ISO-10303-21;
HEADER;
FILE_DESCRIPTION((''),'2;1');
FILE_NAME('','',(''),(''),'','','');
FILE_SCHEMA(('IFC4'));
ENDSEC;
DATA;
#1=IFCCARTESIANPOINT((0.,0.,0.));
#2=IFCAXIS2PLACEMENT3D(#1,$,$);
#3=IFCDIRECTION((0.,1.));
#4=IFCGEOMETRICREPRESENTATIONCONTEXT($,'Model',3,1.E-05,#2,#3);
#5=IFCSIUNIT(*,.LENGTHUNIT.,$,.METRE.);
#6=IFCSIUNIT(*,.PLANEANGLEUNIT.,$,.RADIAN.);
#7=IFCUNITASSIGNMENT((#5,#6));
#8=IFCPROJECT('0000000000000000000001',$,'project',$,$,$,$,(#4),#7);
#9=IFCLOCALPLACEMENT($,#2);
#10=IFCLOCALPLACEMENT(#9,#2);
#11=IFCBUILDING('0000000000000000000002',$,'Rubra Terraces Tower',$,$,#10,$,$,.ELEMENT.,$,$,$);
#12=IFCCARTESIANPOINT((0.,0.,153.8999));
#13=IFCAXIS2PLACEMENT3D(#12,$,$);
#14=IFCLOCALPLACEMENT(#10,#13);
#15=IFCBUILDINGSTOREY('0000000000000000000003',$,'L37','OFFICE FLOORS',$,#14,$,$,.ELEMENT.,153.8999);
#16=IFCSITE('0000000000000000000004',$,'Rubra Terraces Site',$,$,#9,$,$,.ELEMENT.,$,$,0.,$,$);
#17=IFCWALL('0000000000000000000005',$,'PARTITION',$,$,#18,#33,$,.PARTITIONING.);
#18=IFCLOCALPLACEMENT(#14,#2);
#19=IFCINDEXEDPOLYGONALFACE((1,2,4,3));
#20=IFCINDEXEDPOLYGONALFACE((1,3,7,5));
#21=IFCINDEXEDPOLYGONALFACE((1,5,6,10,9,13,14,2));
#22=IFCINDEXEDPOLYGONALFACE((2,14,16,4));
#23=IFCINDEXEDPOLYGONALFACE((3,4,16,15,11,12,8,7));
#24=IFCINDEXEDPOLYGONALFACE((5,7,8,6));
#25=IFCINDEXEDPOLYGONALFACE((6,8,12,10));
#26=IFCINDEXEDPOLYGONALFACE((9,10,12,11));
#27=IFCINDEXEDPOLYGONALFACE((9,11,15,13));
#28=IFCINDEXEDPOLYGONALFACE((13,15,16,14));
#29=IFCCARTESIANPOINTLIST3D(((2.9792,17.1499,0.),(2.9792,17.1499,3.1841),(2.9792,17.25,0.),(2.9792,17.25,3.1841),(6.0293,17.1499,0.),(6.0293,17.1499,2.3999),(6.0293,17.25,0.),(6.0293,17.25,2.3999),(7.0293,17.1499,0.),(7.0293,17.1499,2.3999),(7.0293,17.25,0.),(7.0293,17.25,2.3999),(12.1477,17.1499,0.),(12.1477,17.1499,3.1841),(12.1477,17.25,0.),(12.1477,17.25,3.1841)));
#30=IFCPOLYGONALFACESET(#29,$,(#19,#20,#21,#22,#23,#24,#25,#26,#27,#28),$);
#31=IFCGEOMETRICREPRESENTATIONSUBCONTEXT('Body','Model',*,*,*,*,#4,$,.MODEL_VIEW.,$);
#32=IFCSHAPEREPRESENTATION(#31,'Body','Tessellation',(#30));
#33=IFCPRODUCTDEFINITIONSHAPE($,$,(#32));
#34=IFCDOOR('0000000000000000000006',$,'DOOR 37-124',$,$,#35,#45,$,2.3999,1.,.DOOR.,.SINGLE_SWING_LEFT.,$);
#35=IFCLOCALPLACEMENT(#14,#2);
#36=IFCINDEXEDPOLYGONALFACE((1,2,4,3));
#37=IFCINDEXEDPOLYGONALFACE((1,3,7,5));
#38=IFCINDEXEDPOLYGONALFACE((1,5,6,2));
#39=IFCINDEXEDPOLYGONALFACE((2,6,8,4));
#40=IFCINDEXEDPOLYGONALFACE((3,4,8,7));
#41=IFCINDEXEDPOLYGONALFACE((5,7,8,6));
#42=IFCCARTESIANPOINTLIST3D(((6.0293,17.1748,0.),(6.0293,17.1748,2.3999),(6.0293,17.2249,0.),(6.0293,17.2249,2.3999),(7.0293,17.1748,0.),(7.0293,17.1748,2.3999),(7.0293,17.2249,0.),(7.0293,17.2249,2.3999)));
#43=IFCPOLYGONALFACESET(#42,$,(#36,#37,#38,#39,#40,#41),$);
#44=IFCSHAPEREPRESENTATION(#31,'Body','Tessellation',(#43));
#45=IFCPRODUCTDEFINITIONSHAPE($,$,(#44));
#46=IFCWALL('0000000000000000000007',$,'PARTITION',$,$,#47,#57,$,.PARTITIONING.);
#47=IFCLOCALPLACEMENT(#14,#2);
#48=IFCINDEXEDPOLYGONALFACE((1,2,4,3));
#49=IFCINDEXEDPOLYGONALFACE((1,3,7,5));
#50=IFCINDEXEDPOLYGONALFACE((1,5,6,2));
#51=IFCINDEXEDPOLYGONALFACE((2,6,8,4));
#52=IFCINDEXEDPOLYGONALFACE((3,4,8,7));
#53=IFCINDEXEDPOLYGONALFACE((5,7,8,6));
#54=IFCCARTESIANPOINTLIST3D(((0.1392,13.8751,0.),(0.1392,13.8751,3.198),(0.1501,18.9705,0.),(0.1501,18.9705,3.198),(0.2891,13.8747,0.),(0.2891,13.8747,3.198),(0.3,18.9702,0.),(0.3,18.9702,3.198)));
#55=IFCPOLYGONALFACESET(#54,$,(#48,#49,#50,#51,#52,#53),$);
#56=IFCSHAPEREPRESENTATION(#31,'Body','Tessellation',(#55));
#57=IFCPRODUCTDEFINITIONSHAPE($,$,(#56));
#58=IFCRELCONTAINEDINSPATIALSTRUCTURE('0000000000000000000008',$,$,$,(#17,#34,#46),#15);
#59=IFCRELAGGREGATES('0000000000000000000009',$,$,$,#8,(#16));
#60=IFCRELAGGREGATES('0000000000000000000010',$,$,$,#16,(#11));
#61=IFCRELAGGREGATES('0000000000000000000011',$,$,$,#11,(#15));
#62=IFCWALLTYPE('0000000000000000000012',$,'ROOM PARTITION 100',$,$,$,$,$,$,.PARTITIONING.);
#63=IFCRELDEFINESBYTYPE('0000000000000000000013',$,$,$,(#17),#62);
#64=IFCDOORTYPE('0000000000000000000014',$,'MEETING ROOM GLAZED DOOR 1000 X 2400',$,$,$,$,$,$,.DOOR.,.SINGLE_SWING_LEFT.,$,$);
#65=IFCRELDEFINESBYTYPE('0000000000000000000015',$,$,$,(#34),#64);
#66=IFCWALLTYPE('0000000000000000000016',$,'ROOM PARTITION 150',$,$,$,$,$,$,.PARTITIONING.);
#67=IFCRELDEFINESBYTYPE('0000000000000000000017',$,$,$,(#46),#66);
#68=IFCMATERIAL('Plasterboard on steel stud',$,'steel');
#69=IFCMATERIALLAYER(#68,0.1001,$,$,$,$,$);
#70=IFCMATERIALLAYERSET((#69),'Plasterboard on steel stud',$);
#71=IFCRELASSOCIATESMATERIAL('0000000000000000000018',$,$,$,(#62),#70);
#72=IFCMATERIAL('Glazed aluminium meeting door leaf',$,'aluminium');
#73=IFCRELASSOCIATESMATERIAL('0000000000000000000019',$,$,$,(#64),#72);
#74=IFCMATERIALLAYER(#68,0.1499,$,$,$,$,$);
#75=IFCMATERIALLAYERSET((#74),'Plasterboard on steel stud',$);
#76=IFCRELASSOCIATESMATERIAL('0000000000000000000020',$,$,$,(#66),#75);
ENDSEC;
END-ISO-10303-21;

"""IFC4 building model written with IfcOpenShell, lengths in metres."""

from ifc_helpers import new_model, si_unit, direction, frame, frame_2d, origin, place, context, subcontext, project, spatial, rectangle, extrude, material, layer, layer_set, type_object, element, fill, save


model = new_model("IFC4")

# Units and contexts
model_context = context("Model", 3, precision=1e-05, world=origin(), true_north=direction((0.0, 1.0)))
body_context = subcontext(model_context, "Body", "Model", "MODEL_VIEW")
ifc_project = project(units=[si_unit("LENGTHUNIT", "METRE"), si_unit("PLANEANGLEUNIT", "RADIAN")], contexts=[model_context])

# Site, building, storey
site_placement = place(None, origin())
site = spatial("IfcSite", under=ifc_project, at=site_placement, Name="Rubra Terraces Site", CompositionType="ELEMENT", RefElevation=0.0)
building_placement = place(site_placement, origin())
building = spatial("IfcBuilding", under=site, at=building_placement, Name="Rubra Terraces Tower", CompositionType="ELEMENT")
storey_placement = place(building_placement, frame((0.0, 0.0, 153.8999)))
storey = spatial("IfcBuildingStorey", under=building, at=storey_placement, Name="L37", Description="OFFICE FLOORS", CompositionType="ELEMENT", Elevation=153.8999)

# Shared definitions
ifc_material_1 = material(Name="Plasterboard on steel stud", Category="steel")
ifc_layer_1 = layer(ifc_material_1, 0.1001)
ifc_layer_set_1 = layer_set([ifc_layer_1], Name="Plasterboard on steel stud")
wall_type_1 = type_object("IfcWallType", Name="ROOM PARTITION 100", PredefinedType="PARTITIONING", material=ifc_layer_set_1)

# Wall, opening, door
wall_1_placement = place(storey_placement, frame((2.9792, 17.2, 0.0), z_axis=(0.0, 0.0, 1.0), x_axis=(1.0, 0.0, 0.0)))
wall_1 = element("IfcWall", 1, at=wall_1_placement, inside=storey, type_object=wall_type_1, Name="PARTITION", PredefinedType="PARTITIONING", context=body_context, shape_type="SweptSolid", body=[
    extrude(rectangle(XDim=9.1685, YDim=0.1001, at=frame_2d((4.5842, 0.0))), origin(), (0.0, 0.0, 1.0), 3.1841),
])
opening_1_placement = place(wall_1_placement, frame((3.05, 0.0, 0.0)))
opening_1 = element("IfcOpeningElement", 2, at=opening_1_placement, cuts=wall_1, PredefinedType="OPENING", context=body_context, shape_type="SweptSolid", body=[
    extrude(rectangle(XDim=1.0, YDim=2.3999, at=frame_2d((0.5, 1.2))), frame((0.0, 0.0601, 0.0), z_axis=(0.0, -1.0, 0.0), x_axis=(1.0, 0.0, 0.0)), (0.0, 0.0, 1.0), 0.1201),
])
ifc_material_2 = material(Name="Glazed aluminium meeting door leaf", Category="aluminium")
door_type = type_object("IfcDoorType", Name="MEETING ROOM GLAZED DOOR 1000 X 2400", OperationType="SINGLE_SWING_LEFT", PredefinedType="DOOR", material=ifc_material_2)
door_placement = place(opening_1_placement, origin())
door = element("IfcDoor", 3, at=door_placement, inside=storey, type_object=door_type, Name="DOOR 37-124", OperationType="SINGLE_SWING_LEFT", OverallHeight=2.3999, OverallWidth=1.0, PredefinedType="DOOR", context=body_context, shape_type="SweptSolid", body=[
    extrude(rectangle(XDim=1.0, YDim=2.3999, at=frame_2d((0.5, 1.2))), frame((0.0, 0.0249, 0.0), z_axis=(0.0, -1.0, 0.0), x_axis=(1.0, 0.0, 0.0)), (0.0, 0.0, 1.0), 0.05),
])
fill(opening_1, door)

# Wall
ifc_layer_2 = layer(ifc_material_1, 0.1499)
ifc_layer_set_2 = layer_set([ifc_layer_2], Name="Plasterboard on steel stud")
wall_type_2 = type_object("IfcWallType", Name="ROOM PARTITION 150", PredefinedType="PARTITIONING", material=ifc_layer_set_2)
wall_2_placement = place(storey_placement, frame((0.2251, 18.9705, 0.0), z_axis=(0.0, 0.0, 1.0), x_axis=(-0.002156, -0.999998, 0.0)))
element("IfcWall", 4, at=wall_2_placement, inside=storey, type_object=wall_type_2, Name="PARTITION", PredefinedType="PARTITIONING", context=body_context, shape_type="SweptSolid", body=[
    extrude(rectangle(XDim=5.0955, YDim=0.1499, at=frame_2d((2.5479, 0.0))), origin(), (0.0, 0.0, 1.0), 3.198),
])

save(model, "model.ifc")
